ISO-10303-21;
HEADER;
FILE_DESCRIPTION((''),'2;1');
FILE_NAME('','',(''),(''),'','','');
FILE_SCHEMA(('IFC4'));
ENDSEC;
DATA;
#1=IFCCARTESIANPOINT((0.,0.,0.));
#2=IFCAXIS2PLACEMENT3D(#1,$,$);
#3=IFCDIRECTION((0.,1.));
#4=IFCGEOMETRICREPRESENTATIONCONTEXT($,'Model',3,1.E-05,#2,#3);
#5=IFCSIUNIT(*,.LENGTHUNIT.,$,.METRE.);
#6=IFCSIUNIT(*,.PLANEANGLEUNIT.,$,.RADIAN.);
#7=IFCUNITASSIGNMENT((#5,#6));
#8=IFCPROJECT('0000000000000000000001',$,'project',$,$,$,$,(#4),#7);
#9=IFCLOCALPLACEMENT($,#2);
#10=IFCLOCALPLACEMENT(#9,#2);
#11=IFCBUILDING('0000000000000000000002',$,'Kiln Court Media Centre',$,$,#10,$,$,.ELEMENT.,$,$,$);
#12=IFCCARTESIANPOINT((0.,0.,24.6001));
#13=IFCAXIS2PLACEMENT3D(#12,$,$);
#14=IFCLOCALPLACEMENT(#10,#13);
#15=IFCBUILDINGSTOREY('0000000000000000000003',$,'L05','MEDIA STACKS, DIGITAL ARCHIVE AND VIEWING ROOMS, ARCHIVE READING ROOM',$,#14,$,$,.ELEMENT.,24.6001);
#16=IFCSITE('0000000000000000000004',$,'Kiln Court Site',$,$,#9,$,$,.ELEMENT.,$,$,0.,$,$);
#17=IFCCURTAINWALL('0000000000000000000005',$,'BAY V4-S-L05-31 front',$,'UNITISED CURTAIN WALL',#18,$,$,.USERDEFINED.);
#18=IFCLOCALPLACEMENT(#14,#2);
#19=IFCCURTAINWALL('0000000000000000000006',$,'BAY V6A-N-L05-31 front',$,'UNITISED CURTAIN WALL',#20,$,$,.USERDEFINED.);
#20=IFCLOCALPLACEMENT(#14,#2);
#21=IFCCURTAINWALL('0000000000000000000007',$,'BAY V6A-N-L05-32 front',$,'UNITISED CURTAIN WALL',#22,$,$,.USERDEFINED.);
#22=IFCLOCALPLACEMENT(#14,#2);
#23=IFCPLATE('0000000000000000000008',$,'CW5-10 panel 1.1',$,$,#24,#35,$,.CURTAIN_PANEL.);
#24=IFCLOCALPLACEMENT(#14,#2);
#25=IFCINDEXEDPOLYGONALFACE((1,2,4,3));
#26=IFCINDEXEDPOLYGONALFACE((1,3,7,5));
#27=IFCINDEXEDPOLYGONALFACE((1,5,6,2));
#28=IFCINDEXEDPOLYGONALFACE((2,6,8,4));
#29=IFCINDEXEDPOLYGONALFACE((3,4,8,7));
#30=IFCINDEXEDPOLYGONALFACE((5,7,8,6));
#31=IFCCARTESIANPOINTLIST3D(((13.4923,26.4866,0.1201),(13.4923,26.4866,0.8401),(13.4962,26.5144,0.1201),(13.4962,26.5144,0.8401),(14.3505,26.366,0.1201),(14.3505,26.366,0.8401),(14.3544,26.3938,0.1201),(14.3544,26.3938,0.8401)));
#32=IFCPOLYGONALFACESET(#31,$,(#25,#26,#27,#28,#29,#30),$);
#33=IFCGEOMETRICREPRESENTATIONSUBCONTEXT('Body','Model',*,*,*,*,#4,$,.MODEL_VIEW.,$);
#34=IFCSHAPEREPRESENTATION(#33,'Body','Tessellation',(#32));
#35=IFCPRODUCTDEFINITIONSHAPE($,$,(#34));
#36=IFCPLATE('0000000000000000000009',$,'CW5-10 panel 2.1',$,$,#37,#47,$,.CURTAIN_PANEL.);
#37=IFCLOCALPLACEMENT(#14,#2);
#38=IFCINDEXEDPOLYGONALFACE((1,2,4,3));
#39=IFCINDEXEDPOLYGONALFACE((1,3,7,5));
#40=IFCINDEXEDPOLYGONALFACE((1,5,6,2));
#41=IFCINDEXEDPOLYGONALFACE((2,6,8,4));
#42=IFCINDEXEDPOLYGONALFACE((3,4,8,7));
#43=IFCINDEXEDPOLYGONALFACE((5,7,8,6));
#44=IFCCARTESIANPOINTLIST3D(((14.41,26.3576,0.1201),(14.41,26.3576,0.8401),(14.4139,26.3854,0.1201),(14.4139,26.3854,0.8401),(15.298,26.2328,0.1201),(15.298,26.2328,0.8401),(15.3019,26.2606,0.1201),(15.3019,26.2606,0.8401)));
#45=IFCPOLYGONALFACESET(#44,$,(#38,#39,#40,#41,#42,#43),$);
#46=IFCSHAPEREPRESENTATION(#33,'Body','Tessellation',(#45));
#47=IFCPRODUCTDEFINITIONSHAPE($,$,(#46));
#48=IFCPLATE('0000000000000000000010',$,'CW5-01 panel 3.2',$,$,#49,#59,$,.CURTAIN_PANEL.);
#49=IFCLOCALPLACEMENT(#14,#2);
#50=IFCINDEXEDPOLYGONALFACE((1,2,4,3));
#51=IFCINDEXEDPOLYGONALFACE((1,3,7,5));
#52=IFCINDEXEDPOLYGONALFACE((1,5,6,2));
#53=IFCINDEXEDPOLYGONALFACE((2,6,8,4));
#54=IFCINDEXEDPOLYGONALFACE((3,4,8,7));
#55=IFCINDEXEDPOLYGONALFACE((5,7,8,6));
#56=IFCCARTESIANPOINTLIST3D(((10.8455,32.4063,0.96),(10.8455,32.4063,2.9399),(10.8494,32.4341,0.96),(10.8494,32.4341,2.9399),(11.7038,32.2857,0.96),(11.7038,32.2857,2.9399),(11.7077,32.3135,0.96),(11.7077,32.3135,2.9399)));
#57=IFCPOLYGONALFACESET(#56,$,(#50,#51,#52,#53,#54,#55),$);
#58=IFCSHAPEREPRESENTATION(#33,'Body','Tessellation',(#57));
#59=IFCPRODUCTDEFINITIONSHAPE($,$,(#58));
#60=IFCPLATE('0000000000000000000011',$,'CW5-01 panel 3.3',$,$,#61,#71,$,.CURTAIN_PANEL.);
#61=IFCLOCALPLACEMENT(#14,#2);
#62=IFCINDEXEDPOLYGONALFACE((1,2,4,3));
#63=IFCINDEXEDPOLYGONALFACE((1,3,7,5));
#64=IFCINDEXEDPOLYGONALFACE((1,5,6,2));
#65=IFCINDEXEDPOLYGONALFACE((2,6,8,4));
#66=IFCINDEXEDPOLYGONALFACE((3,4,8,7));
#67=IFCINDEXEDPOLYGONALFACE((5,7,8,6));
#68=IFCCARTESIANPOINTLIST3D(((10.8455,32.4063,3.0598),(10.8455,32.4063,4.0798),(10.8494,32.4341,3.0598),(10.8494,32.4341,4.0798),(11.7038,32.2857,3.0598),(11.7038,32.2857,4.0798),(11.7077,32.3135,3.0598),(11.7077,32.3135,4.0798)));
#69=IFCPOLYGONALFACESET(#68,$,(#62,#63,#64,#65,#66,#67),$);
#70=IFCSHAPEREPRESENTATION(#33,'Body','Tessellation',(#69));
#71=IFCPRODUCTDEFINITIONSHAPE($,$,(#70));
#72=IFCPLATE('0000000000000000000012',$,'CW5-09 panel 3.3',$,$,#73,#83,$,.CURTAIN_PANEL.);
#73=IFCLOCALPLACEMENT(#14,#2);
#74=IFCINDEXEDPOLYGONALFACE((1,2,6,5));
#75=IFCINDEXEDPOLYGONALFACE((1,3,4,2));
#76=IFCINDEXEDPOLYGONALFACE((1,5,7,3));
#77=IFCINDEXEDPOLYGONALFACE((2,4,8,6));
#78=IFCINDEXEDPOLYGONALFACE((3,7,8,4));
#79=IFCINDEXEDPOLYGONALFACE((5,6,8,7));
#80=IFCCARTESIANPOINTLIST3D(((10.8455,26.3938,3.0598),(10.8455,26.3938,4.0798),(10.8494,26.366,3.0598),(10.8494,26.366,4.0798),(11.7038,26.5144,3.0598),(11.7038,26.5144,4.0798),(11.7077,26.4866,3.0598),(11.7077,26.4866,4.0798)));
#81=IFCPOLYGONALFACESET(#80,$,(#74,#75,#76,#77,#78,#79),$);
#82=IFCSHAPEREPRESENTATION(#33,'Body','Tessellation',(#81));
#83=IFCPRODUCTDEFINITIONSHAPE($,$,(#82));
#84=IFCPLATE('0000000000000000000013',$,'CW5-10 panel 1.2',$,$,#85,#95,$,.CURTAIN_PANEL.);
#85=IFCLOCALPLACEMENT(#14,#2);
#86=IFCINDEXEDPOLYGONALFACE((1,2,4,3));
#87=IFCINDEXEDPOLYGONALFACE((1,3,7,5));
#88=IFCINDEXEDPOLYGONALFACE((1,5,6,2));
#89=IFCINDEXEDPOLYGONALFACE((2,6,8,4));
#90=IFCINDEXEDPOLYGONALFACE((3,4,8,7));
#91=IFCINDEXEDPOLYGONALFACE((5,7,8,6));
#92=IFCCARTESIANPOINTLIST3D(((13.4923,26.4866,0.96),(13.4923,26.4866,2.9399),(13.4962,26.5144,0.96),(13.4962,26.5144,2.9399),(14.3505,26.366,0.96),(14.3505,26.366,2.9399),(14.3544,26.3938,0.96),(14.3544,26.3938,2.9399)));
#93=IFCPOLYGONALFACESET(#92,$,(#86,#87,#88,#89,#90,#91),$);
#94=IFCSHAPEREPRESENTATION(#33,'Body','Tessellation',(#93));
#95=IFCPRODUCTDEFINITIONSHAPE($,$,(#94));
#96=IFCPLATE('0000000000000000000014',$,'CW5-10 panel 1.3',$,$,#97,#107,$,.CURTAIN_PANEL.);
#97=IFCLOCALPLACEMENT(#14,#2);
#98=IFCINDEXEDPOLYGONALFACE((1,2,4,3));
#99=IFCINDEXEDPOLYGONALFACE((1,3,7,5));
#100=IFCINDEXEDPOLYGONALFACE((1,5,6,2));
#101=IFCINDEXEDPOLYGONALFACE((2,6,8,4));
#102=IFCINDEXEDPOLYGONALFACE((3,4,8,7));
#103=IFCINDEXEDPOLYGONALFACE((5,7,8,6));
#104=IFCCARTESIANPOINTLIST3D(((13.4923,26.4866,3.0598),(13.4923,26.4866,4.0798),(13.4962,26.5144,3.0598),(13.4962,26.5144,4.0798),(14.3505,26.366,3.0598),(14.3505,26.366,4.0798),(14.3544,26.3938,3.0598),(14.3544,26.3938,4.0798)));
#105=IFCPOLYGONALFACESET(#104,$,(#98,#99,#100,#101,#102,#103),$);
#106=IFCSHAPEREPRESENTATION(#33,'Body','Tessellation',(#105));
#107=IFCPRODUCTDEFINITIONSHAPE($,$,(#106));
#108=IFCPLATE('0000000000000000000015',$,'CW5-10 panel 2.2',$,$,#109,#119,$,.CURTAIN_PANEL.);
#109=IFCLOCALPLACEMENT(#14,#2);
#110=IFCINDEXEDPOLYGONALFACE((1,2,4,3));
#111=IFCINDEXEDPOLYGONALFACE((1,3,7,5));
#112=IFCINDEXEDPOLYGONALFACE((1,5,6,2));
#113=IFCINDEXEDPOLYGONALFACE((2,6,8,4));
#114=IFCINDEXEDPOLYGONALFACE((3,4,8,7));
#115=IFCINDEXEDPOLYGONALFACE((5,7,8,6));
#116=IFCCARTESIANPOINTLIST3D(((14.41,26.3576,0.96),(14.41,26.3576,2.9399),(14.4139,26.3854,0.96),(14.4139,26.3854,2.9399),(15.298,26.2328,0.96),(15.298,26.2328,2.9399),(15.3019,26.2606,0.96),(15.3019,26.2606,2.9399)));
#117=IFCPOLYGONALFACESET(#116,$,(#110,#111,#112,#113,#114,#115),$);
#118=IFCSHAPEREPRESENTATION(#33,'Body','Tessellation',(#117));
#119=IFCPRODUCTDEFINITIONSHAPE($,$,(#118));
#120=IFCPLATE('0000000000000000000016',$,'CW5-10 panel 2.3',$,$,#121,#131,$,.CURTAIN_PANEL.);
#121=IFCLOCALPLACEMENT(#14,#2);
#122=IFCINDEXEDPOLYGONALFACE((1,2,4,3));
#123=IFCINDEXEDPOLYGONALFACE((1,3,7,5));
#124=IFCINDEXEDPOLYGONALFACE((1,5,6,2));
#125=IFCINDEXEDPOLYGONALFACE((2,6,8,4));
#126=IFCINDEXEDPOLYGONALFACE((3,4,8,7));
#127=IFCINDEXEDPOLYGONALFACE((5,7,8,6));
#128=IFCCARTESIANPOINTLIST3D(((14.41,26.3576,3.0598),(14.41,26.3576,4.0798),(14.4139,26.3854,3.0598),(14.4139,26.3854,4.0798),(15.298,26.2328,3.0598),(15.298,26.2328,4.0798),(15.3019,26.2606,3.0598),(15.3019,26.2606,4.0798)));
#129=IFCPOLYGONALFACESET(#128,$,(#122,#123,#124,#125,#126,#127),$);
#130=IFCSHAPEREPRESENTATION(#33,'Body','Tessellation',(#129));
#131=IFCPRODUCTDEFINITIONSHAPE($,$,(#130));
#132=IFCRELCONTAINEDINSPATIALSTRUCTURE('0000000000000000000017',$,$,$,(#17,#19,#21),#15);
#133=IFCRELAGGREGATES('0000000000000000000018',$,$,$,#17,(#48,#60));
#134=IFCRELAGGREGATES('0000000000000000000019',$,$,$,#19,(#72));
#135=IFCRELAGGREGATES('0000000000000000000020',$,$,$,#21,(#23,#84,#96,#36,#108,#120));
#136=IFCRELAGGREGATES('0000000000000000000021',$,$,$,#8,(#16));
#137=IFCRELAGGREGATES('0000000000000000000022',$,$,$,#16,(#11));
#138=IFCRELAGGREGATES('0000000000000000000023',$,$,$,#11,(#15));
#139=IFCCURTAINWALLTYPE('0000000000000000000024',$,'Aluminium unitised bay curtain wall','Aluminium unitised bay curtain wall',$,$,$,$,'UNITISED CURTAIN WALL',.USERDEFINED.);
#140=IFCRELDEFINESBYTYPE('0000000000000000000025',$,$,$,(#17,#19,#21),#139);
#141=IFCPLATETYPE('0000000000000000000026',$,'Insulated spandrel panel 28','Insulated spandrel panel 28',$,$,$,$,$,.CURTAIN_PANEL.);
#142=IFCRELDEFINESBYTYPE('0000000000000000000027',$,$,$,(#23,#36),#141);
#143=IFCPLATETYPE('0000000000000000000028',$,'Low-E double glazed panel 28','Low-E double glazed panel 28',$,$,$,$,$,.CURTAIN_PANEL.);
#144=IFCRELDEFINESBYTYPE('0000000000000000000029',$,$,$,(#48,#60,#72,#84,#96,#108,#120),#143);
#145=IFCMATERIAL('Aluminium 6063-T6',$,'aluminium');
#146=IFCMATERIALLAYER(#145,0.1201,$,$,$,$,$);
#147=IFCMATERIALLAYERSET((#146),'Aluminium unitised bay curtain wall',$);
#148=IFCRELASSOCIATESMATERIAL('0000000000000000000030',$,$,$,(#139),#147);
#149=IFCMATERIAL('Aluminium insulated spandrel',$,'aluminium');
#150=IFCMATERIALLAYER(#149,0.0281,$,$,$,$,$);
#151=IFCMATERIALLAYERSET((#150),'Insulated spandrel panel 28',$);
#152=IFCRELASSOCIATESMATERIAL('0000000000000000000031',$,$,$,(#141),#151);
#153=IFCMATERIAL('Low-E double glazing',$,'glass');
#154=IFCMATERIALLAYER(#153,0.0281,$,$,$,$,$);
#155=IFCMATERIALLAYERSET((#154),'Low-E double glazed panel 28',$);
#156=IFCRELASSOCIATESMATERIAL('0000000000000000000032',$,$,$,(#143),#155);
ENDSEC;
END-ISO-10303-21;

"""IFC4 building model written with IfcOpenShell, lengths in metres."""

from ifc_helpers import new_model, si_unit, direction, frame, origin, origin_2d, place, context, subcontext, project, spatial, rectangle, extrude, material, layer, layer_set, type_object, element, aggregate, save


model = new_model("IFC4")

# Units and contexts
model_context = context("Model", 3, precision=1e-05, world=origin(), true_north=direction((0.0, 1.0)))
body_context = subcontext(model_context, "Body", "Model", "MODEL_VIEW")
ifc_project = project(units=[si_unit("LENGTHUNIT", "METRE"), si_unit("PLANEANGLEUNIT", "RADIAN")], contexts=[model_context])

# Site, building, storey
site_placement = place(None, origin())
site = spatial("IfcSite", under=ifc_project, at=site_placement, Name="Kiln Court Site", CompositionType="ELEMENT", RefElevation=0.0)
building_placement = place(site_placement, origin())
building = spatial("IfcBuilding", under=site, at=building_placement, Name="Kiln Court Media Centre", CompositionType="ELEMENT")
storey_placement = place(building_placement, frame((0.0, 0.0, 24.6001)))
storey = spatial("IfcBuildingStorey", under=building, at=storey_placement, Name="L05", Description="MEDIA STACKS, DIGITAL ARCHIVE AND VIEWING ROOMS, ARCHIVE READING ROOM", CompositionType="ELEMENT", Elevation=24.6001)

# Curtain walls
ifc_material_1 = material(Name="Aluminium 6063-T6", Category="aluminium")
ifc_layer_1 = layer(ifc_material_1, 0.1201)
ifc_layer_set_1 = layer_set([ifc_layer_1], Name="Aluminium unitised bay curtain wall")
curtain_wall_type = type_object("IfcCurtainWallType", Name="Aluminium unitised bay curtain wall", Description="Aluminium unitised bay curtain wall", ElementType="UNITISED CURTAIN WALL", PredefinedType="USERDEFINED", material=ifc_layer_set_1)
curtain_wall_1_placement = place(storey_placement, origin())
curtain_wall_1 = element("IfcCurtainWall", 1, at=curtain_wall_1_placement, inside=storey, type_object=curtain_wall_type, Name="BAY V4-S-L05-31 front", ObjectType="UNITISED CURTAIN WALL", PredefinedType="USERDEFINED")
curtain_wall_2_placement = place(storey_placement, origin())
curtain_wall_2 = element("IfcCurtainWall", 2, at=curtain_wall_2_placement, inside=storey, type_object=curtain_wall_type, Name="BAY V6A-N-L05-31 front", ObjectType="UNITISED CURTAIN WALL", PredefinedType="USERDEFINED")

# Curtain wall
curtain_wall_3_placement = place(storey_placement, origin())
curtain_wall_3 = element("IfcCurtainWall", 3, at=curtain_wall_3_placement, inside=storey, type_object=curtain_wall_type, Name="BAY V6A-N-L05-32 front", ObjectType="UNITISED CURTAIN WALL", PredefinedType="USERDEFINED")

# Plates
ifc_material_2 = material(Name="Aluminium insulated spandrel", Category="aluminium")
ifc_layer_2 = layer(ifc_material_2, 0.0281)
ifc_layer_set_2 = layer_set([ifc_layer_2], Name="Insulated spandrel panel 28")
plate_type_1 = type_object("IfcPlateType", Name="Insulated spandrel panel 28", Description="Insulated spandrel panel 28", PredefinedType="CURTAIN_PANEL", material=ifc_layer_set_2)
plate_1_placement = place(storey_placement, frame((13.9233, 26.4402, 0.1201), z_axis=(0.0, 0.0, 1.0), x_axis=(0.99027, -0.139162, 0.0)))
plate_1 = element("IfcPlate", 4, at=plate_1_placement, type_object=plate_type_1, Name="CW5-10 panel 1.1", PredefinedType="CURTAIN_PANEL", context=body_context, shape_type="SweptSolid", body=[
    extrude(rectangle(XDim=0.8667, YDim=0.0281, at=origin_2d()), origin(), (0.0, 0.0, 1.0), 0.72),
])
plate_2_placement = place(storey_placement, frame((14.856, 26.3091, 0.1201), z_axis=(0.0, 0.0, 1.0), x_axis=(0.99027, -0.139162, 0.0)))
plate_2 = element("IfcPlate", 5, at=plate_2_placement, type_object=plate_type_1, Name="CW5-10 panel 2.1", PredefinedType="CURTAIN_PANEL", context=body_context, shape_type="SweptSolid", body=[
    extrude(rectangle(XDim=0.8967, YDim=0.0281, at=origin_2d()), origin(), (0.0, 0.0, 1.0), 0.72),
])
ifc_material_3 = material(Name="Low-E double glazing", Category="glass")
ifc_layer_3 = layer(ifc_material_3, 0.0281)
ifc_layer_set_3 = layer_set([ifc_layer_3], Name="Low-E double glazed panel 28")
plate_type_2 = type_object("IfcPlateType", Name="Low-E double glazed panel 28", Description="Low-E double glazed panel 28", PredefinedType="CURTAIN_PANEL", material=ifc_layer_set_3)
plate_3_placement = place(storey_placement, frame((11.2766, 32.3599, 0.96), z_axis=(0.0, 0.0, 1.0), x_axis=(0.99027, -0.139162, 0.0)))
plate_3 = element("IfcPlate", 6, at=plate_3_placement, type_object=plate_type_2, Name="CW5-01 panel 3.2", PredefinedType="CURTAIN_PANEL", context=body_context, shape_type="SweptSolid", body=[
    extrude(rectangle(XDim=0.8667, YDim=0.0281, at=origin_2d()), origin(), (0.0, 0.0, 1.0), 1.98),
])
plate_4_placement = place(storey_placement, frame((11.2766, 32.3599, 3.0598), z_axis=(0.0, 0.0, 1.0), x_axis=(0.99027, -0.139162, 0.0)))
plate_4 = element("IfcPlate", 7, at=plate_4_placement, type_object=plate_type_2, Name="CW5-01 panel 3.3", PredefinedType="CURTAIN_PANEL", context=body_context, shape_type="SweptSolid", body=[
    extrude(rectangle(XDim=0.8667, YDim=0.0281, at=origin_2d()), origin(), (0.0, 0.0, 1.0), 1.02),
])
aggregate(curtain_wall_1, [plate_3, plate_4])
plate_5_placement = place(storey_placement, frame((11.2766, 26.4402, 3.0598), z_axis=(0.0, 0.0, 1.0), x_axis=(0.99027, 0.139162, 0.0)))
plate_5 = element("IfcPlate", 8, at=plate_5_placement, type_object=plate_type_2, Name="CW5-09 panel 3.3", PredefinedType="CURTAIN_PANEL", context=body_context, shape_type="SweptSolid", body=[
    extrude(rectangle(XDim=0.8667, YDim=0.0281, at=origin_2d()), origin(), (0.0, 0.0, 1.0), 1.02),
])
aggregate(curtain_wall_2, [plate_5])
plate_6_placement = place(storey_placement, frame((13.9233, 26.4402, 0.96), z_axis=(0.0, 0.0, 1.0), x_axis=(0.99027, -0.139162, 0.0)))
plate_6 = element("IfcPlate", 9, at=plate_6_placement, type_object=plate_type_2, Name="CW5-10 panel 1.2", PredefinedType="CURTAIN_PANEL", context=body_context, shape_type="SweptSolid", body=[
    extrude(rectangle(XDim=0.8667, YDim=0.0281, at=origin_2d()), origin(), (0.0, 0.0, 1.0), 1.98),
])
plate_7_placement = place(storey_placement, frame((13.9233, 26.4402, 3.0598), z_axis=(0.0, 0.0, 1.0), x_axis=(0.99027, -0.139162, 0.0)))
plate_7 = element("IfcPlate", 10, at=plate_7_placement, type_object=plate_type_2, Name="CW5-10 panel 1.3", PredefinedType="CURTAIN_PANEL", context=body_context, shape_type="SweptSolid", body=[
    extrude(rectangle(XDim=0.8667, YDim=0.0281, at=origin_2d()), origin(), (0.0, 0.0, 1.0), 1.02),
])
plate_8_placement = place(storey_placement, frame((14.856, 26.3091, 0.96), z_axis=(0.0, 0.0, 1.0), x_axis=(0.99027, -0.139162, 0.0)))
plate_8 = element("IfcPlate", 11, at=plate_8_placement, type_object=plate_type_2, Name="CW5-10 panel 2.2", PredefinedType="CURTAIN_PANEL", context=body_context, shape_type="SweptSolid", body=[
    extrude(rectangle(XDim=0.8967, YDim=0.0281, at=origin_2d()), origin(), (0.0, 0.0, 1.0), 1.98),
])
plate_9_placement = place(storey_placement, frame((14.856, 26.3091, 3.0598), z_axis=(0.0, 0.0, 1.0), x_axis=(0.99027, -0.139162, 0.0)))
plate_9 = element("IfcPlate", 12, at=plate_9_placement, type_object=plate_type_2, Name="CW5-10 panel 2.3", PredefinedType="CURTAIN_PANEL", context=body_context, shape_type="SweptSolid", body=[
    extrude(rectangle(XDim=0.8967, YDim=0.0281, at=origin_2d()), origin(), (0.0, 0.0, 1.0), 1.02),
])
aggregate(curtain_wall_3, [plate_1, plate_6, plate_7, plate_2, plate_8, plate_9])

save(model, "model.ifc")
